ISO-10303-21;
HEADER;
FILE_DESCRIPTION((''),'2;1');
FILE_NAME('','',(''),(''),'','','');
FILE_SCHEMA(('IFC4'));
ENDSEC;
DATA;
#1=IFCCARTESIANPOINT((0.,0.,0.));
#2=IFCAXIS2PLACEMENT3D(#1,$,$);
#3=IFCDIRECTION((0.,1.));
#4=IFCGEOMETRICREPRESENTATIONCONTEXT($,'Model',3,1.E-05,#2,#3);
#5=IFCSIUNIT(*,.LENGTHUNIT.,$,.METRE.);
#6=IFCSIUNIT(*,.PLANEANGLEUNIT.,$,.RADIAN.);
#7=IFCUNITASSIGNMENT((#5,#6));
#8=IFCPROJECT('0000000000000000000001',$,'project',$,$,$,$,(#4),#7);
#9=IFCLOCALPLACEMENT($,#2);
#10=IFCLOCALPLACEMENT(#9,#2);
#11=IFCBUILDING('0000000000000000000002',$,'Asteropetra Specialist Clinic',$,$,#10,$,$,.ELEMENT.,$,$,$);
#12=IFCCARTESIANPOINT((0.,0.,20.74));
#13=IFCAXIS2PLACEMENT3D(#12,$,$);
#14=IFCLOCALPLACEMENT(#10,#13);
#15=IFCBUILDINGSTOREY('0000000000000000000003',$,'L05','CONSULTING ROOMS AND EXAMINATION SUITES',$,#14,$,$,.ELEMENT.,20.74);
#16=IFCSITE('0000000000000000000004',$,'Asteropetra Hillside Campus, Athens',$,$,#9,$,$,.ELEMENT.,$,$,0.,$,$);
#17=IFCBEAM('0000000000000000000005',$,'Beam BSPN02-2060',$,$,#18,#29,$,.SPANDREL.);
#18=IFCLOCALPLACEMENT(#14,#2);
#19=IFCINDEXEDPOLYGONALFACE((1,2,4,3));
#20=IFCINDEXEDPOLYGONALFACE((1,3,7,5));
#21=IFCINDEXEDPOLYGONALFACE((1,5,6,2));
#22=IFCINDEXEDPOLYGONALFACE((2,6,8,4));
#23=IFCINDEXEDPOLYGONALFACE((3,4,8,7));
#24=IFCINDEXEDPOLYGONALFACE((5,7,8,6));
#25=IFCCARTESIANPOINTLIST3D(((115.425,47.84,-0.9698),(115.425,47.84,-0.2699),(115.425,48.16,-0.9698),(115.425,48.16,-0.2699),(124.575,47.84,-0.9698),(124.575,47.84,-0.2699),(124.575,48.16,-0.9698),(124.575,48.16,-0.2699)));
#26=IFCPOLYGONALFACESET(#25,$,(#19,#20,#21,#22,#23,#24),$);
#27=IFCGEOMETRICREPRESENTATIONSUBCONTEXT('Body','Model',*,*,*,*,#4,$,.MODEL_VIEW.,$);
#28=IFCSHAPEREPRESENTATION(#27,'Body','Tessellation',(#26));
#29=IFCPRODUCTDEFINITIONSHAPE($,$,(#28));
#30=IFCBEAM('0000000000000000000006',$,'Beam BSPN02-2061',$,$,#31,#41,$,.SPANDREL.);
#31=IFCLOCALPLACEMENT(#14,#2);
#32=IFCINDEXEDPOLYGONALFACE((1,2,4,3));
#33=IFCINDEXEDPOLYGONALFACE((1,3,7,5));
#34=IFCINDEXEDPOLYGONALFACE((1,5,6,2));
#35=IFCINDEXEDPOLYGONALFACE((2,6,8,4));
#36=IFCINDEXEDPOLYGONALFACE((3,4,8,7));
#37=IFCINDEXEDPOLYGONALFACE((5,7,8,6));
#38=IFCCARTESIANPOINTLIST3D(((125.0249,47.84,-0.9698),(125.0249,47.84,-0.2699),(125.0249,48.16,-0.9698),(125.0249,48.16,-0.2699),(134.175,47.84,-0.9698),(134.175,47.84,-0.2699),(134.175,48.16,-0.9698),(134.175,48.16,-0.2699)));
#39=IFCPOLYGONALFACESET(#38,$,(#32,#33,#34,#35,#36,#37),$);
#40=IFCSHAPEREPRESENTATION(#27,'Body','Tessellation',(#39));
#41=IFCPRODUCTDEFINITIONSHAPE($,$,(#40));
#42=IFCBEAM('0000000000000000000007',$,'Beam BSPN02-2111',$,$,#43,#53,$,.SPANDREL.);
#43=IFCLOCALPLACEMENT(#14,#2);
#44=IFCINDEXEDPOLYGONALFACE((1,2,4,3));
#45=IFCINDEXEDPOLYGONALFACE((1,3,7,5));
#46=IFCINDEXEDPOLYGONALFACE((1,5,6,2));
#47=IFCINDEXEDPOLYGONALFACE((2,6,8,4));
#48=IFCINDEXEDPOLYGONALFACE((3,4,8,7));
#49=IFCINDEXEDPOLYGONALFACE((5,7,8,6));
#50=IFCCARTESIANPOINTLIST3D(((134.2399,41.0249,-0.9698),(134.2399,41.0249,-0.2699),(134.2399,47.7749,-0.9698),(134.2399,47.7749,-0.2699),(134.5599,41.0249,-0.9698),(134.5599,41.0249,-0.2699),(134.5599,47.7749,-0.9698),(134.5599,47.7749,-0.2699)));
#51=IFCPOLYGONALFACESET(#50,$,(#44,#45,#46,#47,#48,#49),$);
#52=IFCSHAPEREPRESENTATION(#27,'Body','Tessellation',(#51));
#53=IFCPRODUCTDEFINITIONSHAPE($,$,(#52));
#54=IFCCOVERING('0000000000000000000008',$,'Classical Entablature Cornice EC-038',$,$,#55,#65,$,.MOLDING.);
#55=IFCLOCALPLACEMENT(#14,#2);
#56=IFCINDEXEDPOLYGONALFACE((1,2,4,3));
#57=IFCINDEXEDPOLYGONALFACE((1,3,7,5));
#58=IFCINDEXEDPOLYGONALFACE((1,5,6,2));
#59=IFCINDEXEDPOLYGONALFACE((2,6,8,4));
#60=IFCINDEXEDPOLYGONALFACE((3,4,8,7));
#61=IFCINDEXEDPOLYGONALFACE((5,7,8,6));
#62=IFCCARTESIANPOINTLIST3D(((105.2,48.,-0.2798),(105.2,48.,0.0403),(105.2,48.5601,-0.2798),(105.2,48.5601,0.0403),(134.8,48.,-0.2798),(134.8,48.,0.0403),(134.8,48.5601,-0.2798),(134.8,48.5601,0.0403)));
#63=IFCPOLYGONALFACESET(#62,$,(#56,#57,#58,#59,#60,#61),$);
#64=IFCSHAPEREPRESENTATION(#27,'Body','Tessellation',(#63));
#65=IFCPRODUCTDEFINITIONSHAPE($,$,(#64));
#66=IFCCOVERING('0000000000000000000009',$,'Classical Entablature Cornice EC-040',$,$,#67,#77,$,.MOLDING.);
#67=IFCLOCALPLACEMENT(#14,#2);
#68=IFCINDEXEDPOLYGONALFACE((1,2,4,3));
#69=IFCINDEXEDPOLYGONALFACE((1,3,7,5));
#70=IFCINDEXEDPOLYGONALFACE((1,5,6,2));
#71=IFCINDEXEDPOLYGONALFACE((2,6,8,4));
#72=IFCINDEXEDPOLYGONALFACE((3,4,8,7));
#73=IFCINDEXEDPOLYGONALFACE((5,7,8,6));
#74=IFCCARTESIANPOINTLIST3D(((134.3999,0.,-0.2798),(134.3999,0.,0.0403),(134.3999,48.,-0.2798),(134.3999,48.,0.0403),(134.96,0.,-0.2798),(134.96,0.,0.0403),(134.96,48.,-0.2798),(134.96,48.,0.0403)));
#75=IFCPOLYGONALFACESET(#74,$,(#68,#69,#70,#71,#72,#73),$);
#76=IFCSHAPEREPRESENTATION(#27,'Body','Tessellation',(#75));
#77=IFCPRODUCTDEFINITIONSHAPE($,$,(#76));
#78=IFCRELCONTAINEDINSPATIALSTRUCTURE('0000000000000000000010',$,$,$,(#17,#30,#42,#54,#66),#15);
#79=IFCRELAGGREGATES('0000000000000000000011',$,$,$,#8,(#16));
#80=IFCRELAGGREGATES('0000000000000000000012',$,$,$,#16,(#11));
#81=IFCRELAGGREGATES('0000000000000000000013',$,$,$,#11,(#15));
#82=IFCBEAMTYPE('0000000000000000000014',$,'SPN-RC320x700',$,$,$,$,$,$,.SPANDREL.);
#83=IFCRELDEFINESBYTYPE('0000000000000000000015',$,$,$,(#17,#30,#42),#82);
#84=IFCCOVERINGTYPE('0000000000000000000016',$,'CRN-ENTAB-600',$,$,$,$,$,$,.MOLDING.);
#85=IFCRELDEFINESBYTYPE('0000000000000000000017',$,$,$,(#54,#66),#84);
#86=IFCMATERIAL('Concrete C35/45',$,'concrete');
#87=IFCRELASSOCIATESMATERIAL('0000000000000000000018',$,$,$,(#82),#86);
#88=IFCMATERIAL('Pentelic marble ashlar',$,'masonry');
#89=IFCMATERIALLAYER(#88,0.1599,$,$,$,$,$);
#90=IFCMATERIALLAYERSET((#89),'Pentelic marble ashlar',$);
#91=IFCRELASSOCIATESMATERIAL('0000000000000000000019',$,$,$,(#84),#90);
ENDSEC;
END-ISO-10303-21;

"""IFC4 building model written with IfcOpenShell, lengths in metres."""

from ifc_helpers import new_model, si_unit, direction, frame, origin, origin_2d, place, context, subcontext, project, spatial, rectangle, extrude, material, layer, layer_set, material_profile, profile_set, type_object, element, save


model = new_model("IFC4")

# Units and contexts
model_context = context("Model", 3, precision=1e-05, world=origin(), true_north=direction((0.0, 1.0)))
body_context = subcontext(model_context, "Body", "Model", "MODEL_VIEW")
ifc_project = project(units=[si_unit("LENGTHUNIT", "METRE"), si_unit("PLANEANGLEUNIT", "RADIAN")], contexts=[model_context])

# Site, building, storey
site_placement = place(None, origin())
site = spatial("IfcSite", under=ifc_project, at=site_placement, Name="Asteropetra Hillside Campus, Athens", CompositionType="ELEMENT", RefElevation=0.0)
building_placement = place(site_placement, origin())
building = spatial("IfcBuilding", under=site, at=building_placement, Name="Asteropetra Specialist Clinic", CompositionType="ELEMENT")
storey_placement = place(building_placement, frame((0.0, 0.0, 20.74)))
storey = spatial("IfcBuildingStorey", under=building, at=storey_placement, Name="L05", Description="CONSULTING ROOMS AND EXAMINATION SUITES", CompositionType="ELEMENT", Elevation=20.74)

# Beams
ifc_material_1 = material(Name="Concrete C35/45", Category="concrete")
ifc_material_profile_1 = material_profile(ifc_material_1, rectangle(XDim=0.3201, YDim=0.7, at=origin_2d()), Name="RCS 320x700")
ifc_profile_set_1 = profile_set([ifc_material_profile_1], Name="Concrete C35/45")
beam_type_1 = type_object("IfcBeamType", Name="SPN-RC320x700", PredefinedType="SPANDREL", material=ifc_profile_set_1)
beam_1_placement = place(storey_placement, frame((115.425, 48.0, -0.6199), z_axis=(1.0, 0.0, 0.0), x_axis=(0.0, 1.0, 0.0)))
element("IfcBeam", 1, at=beam_1_placement, inside=storey, type_object=beam_type_1, Name="Beam BSPN02-2060", PredefinedType="SPANDREL", context=body_context, shape_type="SweptSolid", body=[
    extrude(rectangle(XDim=0.3201, YDim=0.7, at=origin_2d()), origin(), (0.0, 0.0, 1.0), 9.1499),
])
beam_2_placement = place(storey_placement, frame((125.0249, 48.0, -0.6199), z_axis=(1.0, 0.0, 0.0), x_axis=(0.0, 1.0, 0.0)))
element("IfcBeam", 2, at=beam_2_placement, inside=storey, type_object=beam_type_1, Name="Beam BSPN02-2061", PredefinedType="SPANDREL", context=body_context, shape_type="SweptSolid", body=[
    extrude(rectangle(XDim=0.3201, YDim=0.7, at=origin_2d()), origin(), (0.0, 0.0, 1.0), 9.1501),
])
beam_3_placement = place(storey_placement, frame((134.3999, 41.0249, -0.6199), z_axis=(0.0, 1.0, 0.0), x_axis=(-1.0, 0.0, 0.0)))
element("IfcBeam", 3, at=beam_3_placement, inside=storey, type_object=beam_type_1, Name="Beam BSPN02-2111", PredefinedType="SPANDREL", context=body_context, shape_type="SweptSolid", body=[
    extrude(rectangle(XDim=0.3201, YDim=0.7, at=origin_2d()), origin(), (0.0, 0.0, 1.0), 6.75),
])

# Coverings
ifc_material_2 = material(Name="Pentelic marble ashlar", Category="masonry")
ifc_layer = layer(ifc_material_2, 0.1599)
ifc_layer_set = layer_set([ifc_layer], Name="Pentelic marble ashlar")
covering_type = type_object("IfcCoveringType", Name="CRN-ENTAB-600", PredefinedType="MOLDING", material=ifc_layer_set)
covering_1_placement = place(storey_placement, frame((120.0, 48.28, -0.2798), z_axis=(0.0, 0.0, 1.0), x_axis=(1.0, 0.0, 0.0)))
element("IfcCovering", 4, at=covering_1_placement, inside=storey, type_object=covering_type, Name="Classical Entablature Cornice EC-038", PredefinedType="MOLDING", context=body_context, shape_type="SweptSolid", body=[
    extrude(rectangle(XDim=29.6001, YDim=0.5601, at=origin_2d()), origin(), (0.0, 0.0, 1.0), 0.3201),
])
covering_2_placement = place(storey_placement, frame((134.6799, 24.0, -0.2798), z_axis=(0.0, 0.0, 1.0), x_axis=(1.0, 0.0, 0.0)))
element("IfcCovering", 5, at=covering_2_placement, inside=storey, type_object=covering_type, Name="Classical Entablature Cornice EC-040", PredefinedType="MOLDING", context=body_context, shape_type="SweptSolid", body=[
    extrude(rectangle(XDim=0.5601, YDim=48.0, at=origin_2d()), origin(), (0.0, 0.0, 1.0), 0.3201),
])

save(model, "model.ifc")
